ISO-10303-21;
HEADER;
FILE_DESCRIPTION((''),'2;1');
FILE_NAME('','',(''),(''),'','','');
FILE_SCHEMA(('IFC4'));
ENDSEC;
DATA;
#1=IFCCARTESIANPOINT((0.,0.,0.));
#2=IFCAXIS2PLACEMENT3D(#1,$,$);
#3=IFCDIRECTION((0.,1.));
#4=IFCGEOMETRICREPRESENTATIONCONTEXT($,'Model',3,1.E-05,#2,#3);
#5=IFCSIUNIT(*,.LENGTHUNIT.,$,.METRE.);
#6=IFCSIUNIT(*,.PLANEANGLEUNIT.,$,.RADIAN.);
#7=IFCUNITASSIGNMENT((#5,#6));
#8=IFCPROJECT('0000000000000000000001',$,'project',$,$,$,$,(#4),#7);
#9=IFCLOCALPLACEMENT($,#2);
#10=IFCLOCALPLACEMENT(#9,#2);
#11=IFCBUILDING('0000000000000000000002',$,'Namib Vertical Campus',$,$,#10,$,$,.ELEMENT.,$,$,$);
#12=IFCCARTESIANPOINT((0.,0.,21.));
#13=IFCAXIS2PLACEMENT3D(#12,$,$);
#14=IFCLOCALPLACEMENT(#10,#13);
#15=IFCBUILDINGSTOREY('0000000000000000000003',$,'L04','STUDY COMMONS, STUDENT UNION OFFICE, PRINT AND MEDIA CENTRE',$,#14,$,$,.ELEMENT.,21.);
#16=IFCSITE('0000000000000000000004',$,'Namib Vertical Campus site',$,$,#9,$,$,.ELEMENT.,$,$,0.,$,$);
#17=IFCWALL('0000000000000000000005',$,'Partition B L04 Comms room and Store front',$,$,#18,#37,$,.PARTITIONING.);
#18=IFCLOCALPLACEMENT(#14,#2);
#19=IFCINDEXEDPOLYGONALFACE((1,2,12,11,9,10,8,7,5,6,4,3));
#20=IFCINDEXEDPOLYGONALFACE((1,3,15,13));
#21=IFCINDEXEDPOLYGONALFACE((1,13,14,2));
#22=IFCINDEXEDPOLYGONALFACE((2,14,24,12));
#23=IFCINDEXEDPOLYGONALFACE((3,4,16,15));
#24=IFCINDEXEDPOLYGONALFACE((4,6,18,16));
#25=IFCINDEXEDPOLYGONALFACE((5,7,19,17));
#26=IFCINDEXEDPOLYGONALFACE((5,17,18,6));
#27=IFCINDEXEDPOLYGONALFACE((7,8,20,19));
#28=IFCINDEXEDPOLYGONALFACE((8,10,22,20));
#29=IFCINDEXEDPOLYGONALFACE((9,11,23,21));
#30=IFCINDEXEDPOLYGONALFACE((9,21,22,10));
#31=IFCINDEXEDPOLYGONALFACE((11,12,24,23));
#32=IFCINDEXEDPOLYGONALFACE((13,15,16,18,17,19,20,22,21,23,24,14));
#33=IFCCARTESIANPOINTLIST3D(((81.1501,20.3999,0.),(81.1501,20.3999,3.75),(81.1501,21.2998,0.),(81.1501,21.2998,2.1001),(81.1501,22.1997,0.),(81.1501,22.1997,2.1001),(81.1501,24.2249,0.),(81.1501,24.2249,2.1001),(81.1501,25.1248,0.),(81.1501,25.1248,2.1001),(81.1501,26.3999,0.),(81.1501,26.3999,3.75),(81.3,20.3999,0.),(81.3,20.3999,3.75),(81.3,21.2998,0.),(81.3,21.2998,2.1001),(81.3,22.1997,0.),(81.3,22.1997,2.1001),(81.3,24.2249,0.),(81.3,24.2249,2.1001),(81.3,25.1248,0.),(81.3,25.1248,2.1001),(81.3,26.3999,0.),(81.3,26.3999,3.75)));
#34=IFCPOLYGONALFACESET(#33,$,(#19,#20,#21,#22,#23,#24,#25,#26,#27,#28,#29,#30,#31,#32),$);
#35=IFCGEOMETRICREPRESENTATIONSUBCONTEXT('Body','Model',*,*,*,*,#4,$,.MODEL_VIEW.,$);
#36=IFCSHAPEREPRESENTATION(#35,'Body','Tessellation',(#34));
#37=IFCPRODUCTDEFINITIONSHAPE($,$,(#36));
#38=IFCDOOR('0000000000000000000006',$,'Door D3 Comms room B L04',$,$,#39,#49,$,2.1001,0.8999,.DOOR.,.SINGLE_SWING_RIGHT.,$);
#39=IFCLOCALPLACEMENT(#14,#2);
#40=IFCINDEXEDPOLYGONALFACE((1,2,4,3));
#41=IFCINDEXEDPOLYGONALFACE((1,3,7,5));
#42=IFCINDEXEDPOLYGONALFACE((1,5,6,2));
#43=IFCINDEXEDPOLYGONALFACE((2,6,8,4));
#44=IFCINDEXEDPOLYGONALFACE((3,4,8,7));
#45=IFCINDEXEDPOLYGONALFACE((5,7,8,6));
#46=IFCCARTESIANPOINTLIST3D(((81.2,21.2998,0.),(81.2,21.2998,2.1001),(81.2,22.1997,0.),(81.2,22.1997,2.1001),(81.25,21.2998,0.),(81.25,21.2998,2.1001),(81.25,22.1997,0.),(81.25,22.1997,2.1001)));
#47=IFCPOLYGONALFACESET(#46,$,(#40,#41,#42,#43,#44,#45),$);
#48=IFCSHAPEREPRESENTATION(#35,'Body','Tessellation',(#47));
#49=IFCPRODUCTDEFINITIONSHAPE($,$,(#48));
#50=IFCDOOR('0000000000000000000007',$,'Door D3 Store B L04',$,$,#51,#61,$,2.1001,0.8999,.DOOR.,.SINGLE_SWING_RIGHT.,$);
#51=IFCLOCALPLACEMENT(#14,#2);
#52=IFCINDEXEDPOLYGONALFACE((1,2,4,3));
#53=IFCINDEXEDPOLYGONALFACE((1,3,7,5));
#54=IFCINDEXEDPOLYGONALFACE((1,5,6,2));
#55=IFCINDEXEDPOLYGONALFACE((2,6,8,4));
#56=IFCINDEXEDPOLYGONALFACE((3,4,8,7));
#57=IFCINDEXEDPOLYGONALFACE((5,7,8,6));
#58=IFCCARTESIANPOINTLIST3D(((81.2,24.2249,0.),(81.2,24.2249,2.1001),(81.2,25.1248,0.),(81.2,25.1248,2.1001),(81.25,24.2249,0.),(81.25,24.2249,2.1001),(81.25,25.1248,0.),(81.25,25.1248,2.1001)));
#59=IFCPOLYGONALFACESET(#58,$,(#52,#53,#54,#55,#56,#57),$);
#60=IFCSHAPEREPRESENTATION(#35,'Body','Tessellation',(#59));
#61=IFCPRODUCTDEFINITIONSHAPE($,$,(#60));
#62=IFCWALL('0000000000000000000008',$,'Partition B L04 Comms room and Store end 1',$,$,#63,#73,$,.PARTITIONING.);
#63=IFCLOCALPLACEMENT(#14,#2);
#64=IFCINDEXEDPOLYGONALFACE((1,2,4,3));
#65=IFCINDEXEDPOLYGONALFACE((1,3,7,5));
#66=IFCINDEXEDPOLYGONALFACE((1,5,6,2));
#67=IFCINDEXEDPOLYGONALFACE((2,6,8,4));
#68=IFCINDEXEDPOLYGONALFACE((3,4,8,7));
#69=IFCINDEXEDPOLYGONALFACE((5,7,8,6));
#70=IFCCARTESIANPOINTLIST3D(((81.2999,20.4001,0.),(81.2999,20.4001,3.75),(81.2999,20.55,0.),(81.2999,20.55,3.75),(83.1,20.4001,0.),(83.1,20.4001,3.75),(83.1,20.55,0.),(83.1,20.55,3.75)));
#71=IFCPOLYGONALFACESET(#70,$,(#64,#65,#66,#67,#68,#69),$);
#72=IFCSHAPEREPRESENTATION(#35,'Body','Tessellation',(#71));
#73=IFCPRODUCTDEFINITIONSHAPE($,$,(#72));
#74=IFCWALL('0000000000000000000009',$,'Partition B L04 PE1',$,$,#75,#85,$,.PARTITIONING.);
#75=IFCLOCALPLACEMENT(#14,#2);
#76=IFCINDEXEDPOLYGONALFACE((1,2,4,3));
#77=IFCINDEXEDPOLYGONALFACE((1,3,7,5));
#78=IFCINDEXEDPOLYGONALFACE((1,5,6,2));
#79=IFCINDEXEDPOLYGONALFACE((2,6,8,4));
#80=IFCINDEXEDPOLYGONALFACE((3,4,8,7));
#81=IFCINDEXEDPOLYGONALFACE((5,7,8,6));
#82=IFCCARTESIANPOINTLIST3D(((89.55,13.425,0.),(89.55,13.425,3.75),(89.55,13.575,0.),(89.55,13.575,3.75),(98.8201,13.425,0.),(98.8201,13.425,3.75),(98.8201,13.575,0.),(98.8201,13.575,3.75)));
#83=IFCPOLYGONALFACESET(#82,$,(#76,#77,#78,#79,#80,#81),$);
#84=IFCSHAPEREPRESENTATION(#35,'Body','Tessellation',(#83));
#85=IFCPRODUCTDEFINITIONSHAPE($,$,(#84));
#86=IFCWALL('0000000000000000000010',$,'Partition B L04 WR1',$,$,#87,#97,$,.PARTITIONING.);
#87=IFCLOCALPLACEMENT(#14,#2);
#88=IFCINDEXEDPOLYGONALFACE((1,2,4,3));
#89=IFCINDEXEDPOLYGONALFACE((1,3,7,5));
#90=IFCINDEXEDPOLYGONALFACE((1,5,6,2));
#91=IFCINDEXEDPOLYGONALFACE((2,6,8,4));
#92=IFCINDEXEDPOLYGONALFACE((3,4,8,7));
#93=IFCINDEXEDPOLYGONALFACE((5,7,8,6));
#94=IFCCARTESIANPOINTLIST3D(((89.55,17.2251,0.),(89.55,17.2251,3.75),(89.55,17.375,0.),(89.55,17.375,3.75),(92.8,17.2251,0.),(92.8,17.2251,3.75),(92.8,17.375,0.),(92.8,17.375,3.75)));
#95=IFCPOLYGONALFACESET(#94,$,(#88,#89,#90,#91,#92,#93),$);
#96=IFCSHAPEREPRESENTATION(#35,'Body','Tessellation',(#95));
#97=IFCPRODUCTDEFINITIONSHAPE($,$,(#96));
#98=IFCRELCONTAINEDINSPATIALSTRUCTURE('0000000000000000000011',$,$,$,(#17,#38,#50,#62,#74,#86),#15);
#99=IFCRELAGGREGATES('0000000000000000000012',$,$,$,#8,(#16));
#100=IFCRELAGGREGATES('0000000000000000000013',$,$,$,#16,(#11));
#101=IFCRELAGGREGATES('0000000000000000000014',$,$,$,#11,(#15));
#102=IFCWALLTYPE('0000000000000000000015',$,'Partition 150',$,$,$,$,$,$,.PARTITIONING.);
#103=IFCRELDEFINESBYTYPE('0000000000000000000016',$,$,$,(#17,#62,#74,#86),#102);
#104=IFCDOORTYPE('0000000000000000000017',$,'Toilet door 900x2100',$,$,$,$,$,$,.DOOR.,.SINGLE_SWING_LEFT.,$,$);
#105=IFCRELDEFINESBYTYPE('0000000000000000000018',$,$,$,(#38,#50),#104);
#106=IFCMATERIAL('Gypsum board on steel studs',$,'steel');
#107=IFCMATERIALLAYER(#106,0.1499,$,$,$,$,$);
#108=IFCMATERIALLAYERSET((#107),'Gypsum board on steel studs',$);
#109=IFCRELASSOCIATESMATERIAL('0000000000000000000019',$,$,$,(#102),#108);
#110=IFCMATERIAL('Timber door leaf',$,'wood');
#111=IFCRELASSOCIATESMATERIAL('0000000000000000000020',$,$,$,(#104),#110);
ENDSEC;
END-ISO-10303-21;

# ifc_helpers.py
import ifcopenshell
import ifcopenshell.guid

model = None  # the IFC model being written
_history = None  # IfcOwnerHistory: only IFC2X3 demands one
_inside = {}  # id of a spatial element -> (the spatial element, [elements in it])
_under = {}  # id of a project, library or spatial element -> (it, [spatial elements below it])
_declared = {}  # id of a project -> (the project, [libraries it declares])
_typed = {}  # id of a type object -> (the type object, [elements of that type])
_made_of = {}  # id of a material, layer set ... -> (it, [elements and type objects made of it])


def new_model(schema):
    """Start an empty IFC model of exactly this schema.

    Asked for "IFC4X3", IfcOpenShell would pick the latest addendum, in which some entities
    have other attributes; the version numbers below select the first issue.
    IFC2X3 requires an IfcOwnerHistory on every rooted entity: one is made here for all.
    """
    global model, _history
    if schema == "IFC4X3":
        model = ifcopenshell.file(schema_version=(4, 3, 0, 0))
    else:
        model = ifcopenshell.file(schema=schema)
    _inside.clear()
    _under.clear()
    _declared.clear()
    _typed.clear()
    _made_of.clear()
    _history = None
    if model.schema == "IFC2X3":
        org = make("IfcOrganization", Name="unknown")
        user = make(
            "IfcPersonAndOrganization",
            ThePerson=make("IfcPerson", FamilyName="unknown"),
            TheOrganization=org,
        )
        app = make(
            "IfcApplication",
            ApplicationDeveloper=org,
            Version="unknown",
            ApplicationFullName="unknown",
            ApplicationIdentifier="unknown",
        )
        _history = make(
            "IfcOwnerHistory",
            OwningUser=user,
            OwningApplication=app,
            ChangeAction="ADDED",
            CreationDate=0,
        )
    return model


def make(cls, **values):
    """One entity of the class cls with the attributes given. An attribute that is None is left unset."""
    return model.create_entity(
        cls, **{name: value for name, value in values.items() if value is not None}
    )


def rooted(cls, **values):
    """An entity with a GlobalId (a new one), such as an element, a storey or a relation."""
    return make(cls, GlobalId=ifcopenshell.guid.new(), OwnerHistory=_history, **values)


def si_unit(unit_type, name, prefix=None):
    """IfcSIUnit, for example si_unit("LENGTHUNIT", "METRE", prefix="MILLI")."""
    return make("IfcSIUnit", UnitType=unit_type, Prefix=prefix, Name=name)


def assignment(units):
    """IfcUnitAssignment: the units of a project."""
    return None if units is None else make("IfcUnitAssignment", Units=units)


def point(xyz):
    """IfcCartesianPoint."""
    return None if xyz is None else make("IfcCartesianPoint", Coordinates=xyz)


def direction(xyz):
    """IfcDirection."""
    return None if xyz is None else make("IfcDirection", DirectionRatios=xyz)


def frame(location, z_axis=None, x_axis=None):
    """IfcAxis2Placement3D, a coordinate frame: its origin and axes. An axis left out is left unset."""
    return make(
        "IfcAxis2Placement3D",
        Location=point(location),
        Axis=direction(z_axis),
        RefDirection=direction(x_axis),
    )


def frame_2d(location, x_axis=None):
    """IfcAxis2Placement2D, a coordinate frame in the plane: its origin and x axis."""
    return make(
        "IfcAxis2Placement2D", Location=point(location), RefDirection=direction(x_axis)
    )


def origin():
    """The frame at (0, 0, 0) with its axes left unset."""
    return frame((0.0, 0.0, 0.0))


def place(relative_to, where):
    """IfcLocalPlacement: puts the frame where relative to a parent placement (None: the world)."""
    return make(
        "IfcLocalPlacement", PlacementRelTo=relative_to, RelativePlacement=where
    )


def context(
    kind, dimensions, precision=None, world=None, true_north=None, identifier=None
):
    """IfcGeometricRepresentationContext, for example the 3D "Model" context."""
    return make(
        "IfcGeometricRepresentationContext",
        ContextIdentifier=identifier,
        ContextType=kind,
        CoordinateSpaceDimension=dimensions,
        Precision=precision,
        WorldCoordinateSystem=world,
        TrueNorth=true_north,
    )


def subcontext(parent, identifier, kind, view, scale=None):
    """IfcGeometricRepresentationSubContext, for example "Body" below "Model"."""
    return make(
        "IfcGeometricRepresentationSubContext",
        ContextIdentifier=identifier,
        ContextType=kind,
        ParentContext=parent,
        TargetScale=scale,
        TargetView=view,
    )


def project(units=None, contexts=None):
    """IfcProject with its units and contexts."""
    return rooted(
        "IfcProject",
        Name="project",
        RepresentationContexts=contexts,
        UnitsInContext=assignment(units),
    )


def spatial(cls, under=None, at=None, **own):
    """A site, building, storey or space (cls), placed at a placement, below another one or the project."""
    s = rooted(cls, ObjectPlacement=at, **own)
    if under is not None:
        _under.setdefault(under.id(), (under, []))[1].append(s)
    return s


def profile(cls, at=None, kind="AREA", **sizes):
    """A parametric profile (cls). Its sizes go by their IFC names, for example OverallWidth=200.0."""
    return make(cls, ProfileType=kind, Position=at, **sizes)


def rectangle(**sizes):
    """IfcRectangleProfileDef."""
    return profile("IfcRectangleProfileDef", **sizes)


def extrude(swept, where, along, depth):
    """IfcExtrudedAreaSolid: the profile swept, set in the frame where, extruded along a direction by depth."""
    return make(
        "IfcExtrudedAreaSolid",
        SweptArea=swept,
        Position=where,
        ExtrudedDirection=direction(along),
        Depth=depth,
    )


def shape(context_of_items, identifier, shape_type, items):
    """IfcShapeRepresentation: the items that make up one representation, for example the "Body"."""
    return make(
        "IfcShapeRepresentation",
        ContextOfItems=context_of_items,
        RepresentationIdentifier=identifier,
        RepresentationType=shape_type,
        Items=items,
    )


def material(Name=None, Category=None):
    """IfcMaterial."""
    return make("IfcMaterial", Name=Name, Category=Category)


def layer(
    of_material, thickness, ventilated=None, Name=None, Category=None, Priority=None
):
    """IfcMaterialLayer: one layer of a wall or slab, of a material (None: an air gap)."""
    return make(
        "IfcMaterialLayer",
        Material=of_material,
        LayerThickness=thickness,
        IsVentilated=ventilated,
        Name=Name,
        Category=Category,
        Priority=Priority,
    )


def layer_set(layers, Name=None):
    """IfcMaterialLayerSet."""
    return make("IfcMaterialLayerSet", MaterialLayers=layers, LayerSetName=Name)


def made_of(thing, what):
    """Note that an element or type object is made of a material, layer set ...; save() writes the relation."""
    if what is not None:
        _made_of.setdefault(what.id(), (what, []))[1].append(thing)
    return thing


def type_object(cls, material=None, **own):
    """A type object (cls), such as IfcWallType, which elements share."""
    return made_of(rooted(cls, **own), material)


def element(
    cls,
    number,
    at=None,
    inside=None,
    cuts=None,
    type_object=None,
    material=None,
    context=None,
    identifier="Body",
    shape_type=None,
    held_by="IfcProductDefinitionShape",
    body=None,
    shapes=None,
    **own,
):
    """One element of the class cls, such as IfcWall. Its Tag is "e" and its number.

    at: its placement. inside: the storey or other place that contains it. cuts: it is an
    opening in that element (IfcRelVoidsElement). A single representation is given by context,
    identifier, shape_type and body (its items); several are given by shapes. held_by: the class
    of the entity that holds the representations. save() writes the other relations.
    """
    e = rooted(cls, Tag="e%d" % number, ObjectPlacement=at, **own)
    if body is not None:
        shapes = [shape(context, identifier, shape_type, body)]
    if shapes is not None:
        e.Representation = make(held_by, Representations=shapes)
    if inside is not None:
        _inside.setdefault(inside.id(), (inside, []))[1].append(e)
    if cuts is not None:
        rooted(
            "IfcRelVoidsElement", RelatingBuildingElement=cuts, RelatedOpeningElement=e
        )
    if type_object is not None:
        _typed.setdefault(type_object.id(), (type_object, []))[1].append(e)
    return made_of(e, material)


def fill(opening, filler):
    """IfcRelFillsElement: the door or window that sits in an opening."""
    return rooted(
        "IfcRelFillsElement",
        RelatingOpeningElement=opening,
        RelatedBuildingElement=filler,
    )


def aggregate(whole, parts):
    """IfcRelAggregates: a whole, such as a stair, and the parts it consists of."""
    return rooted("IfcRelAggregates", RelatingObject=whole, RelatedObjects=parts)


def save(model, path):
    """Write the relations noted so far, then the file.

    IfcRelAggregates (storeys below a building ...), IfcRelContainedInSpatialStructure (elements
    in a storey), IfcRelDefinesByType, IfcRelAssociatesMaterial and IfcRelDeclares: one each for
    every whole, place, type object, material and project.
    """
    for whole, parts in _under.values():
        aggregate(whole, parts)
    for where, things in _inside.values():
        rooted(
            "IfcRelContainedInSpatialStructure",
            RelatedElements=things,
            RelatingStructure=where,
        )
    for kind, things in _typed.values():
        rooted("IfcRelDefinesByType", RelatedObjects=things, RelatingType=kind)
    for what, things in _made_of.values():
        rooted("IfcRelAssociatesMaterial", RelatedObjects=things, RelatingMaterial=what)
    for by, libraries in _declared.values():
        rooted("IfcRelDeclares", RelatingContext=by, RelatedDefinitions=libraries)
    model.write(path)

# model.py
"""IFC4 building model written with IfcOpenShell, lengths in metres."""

from ifc_helpers import new_model, si_unit, direction, frame, frame_2d, origin, place, context, subcontext, project, spatial, rectangle, extrude, material, layer, layer_set, type_object, element, fill, save


model = new_model("IFC4")

# Units and contexts
model_context = context("Model", 3, precision=1e-05, world=origin(), true_north=direction((0.0, 1.0)))
body_context = subcontext(model_context, "Body", "Model", "MODEL_VIEW")
ifc_project = project(units=[si_unit("LENGTHUNIT", "METRE"), si_unit("PLANEANGLEUNIT", "RADIAN")], contexts=[model_context])

# Site, building, storey
site_placement = place(None, origin())
site = spatial("IfcSite", under=ifc_project, at=site_placement, Name="Namib Vertical Campus site", CompositionType="ELEMENT", RefElevation=0.0)
building_placement = place(site_placement, origin())
building = spatial("IfcBuilding", under=site, at=building_placement, Name="Namib Vertical Campus", CompositionType="ELEMENT")
storey_placement = place(building_placement, frame((0.0, 0.0, 21.0)))
storey = spatial("IfcBuildingStorey", under=building, at=storey_placement, Name="L04", Description="STUDY COMMONS, STUDENT UNION OFFICE, PRINT AND MEDIA CENTRE", CompositionType="ELEMENT", Elevation=21.0)

# Wall, openings, doors
ifc_material_1 = material(Name="Gypsum board on steel studs", Category="steel")
ifc_layer_1 = layer(ifc_material_1, 0.1499)
ifc_layer_set_1 = layer_set([ifc_layer_1], Name="Gypsum board on steel studs")
wall_type_1 = type_object("IfcWallType", Name="Partition 150", PredefinedType="PARTITIONING", material=ifc_layer_set_1)
wall_1_placement = place(storey_placement, frame((81.2251, 20.3999, 0.0), z_axis=(0.0, 0.0, 1.0), x_axis=(0.0, 1.0, 0.0)))
wall_1 = element("IfcWall", 1, at=wall_1_placement, inside=storey, type_object=wall_type_1, Name="Partition B L04 Comms room and Store front", PredefinedType="PARTITIONING", context=body_context, shape_type="SweptSolid", body=[
    extrude(rectangle(XDim=6.0, YDim=0.1499, at=frame_2d((3.0, 0.0))), origin(), (0.0, 0.0, 1.0), 3.75),
])
opening_1_placement = place(wall_1_placement, frame((0.8999, 0.0, 0.0)))
opening_1 = element("IfcOpeningElement", 2, at=opening_1_placement, cuts=wall_1, PredefinedType="OPENING", context=body_context, shape_type="SweptSolid", body=[
    extrude(rectangle(XDim=0.8999, YDim=2.1001, at=frame_2d((0.45, 1.05))), frame((0.0, 0.085, 0.0), z_axis=(0.0, -1.0, 0.0), x_axis=(1.0, 0.0, 0.0)), (0.0, 0.0, 1.0), 0.1699),
])
opening_2_placement = place(wall_1_placement, frame((3.825, 0.0, 0.0)))
opening_2 = element("IfcOpeningElement", 3, at=opening_2_placement, cuts=wall_1, PredefinedType="OPENING", context=body_context, shape_type="SweptSolid", body=[
    extrude(rectangle(XDim=0.8999, YDim=2.1001, at=frame_2d((0.45, 1.05))), frame((0.0, 0.085, 0.0), z_axis=(0.0, -1.0, 0.0), x_axis=(1.0, 0.0, 0.0)), (0.0, 0.0, 1.0), 0.1699),
])
ifc_material_2 = material(Name="Timber door leaf", Category="wood")
door_type_1 = type_object("IfcDoorType", Name="Toilet door 900x2100", OperationType="SINGLE_SWING_LEFT", PredefinedType="DOOR", material=ifc_material_2)
door_1_placement = place(opening_1_placement, frame((0.8999, 0.0, 0.0), z_axis=(0.0, 0.0, 1.0), x_axis=(-1.0, 0.0, 0.0)))
door_1 = element("IfcDoor", 4, at=door_1_placement, inside=storey, type_object=door_type_1, Name="Door D3 Comms room B L04", OperationType="SINGLE_SWING_RIGHT", OverallHeight=2.1001, OverallWidth=0.8999, PredefinedType="DOOR", context=body_context, shape_type="SweptSolid", body=[
    extrude(rectangle(XDim=0.8999, YDim=2.1001, at=frame_2d((0.45, 1.05))), frame((0.0, 0.0249, 0.0), z_axis=(0.0, -1.0, 0.0), x_axis=(1.0, 0.0, 0.0)), (0.0, 0.0, 1.0), 0.05),
])
fill(opening_1, door_1)
door_2_placement = place(opening_2_placement, frame((0.8999, 0.0, 0.0), z_axis=(0.0, 0.0, 1.0), x_axis=(-1.0, 0.0, 0.0)))
door_2 = element("IfcDoor", 5, at=door_2_placement, inside=storey, type_object=door_type_1, Name="Door D3 Store B L04", OperationType="SINGLE_SWING_RIGHT", OverallHeight=2.1001, OverallWidth=0.8999, PredefinedType="DOOR", context=body_context, shape_type="SweptSolid", body=[
    extrude(rectangle(XDim=0.8999, YDim=2.1001, at=frame_2d((0.45, 1.05))), frame((0.0, 0.0249, 0.0), z_axis=(0.0, -1.0, 0.0), x_axis=(1.0, 0.0, 0.0)), (0.0, 0.0, 1.0), 0.05),
])
fill(opening_2, door_2)

# Walls
wall_2_placement = place(storey_placement, frame((81.3, 20.4751, 0.0), z_axis=(0.0, 0.0, 1.0), x_axis=(1.0, 0.0, 0.0)))
element("IfcWall", 6, at=wall_2_placement, inside=storey, type_object=wall_type_1, Name="Partition B L04 Comms room and Store end 1", PredefinedType="PARTITIONING", context=body_context, shape_type="SweptSolid", body=[
    extrude(rectangle(XDim=1.8, YDim=0.1499, at=frame_2d((0.8999, 0.0))), origin(), (0.0, 0.0, 1.0), 3.75),
])
wall_3_placement = place(storey_placement, frame((89.55, 13.5, 0.0), z_axis=(0.0, 0.0, 1.0), x_axis=(1.0, 0.0, 0.0)))
element("IfcWall", 7, at=wall_3_placement, inside=storey, type_object=wall_type_1, Name="Partition B L04 PE1", PredefinedType="PARTITIONING", context=body_context, shape_type="SweptSolid", body=[
    extrude(rectangle(XDim=9.27, YDim=0.1499, at=frame_2d((4.635, 0.0))), origin(), (0.0, 0.0, 1.0), 3.75),
])
wall_4_placement = place(storey_placement, frame((89.55, 17.3, 0.0), z_axis=(0.0, 0.0, 1.0), x_axis=(1.0, 0.0, 0.0)))
element("IfcWall", 8, at=wall_4_placement, inside=storey, type_object=wall_type_1, Name="Partition B L04 WR1", PredefinedType="PARTITIONING", context=body_context, shape_type="SweptSolid", body=[
    extrude(rectangle(XDim=3.25, YDim=0.1499, at=frame_2d((1.625, 0.0))), origin(), (0.0, 0.0, 1.0), 3.75),
])

save(model, "model.ifc")
